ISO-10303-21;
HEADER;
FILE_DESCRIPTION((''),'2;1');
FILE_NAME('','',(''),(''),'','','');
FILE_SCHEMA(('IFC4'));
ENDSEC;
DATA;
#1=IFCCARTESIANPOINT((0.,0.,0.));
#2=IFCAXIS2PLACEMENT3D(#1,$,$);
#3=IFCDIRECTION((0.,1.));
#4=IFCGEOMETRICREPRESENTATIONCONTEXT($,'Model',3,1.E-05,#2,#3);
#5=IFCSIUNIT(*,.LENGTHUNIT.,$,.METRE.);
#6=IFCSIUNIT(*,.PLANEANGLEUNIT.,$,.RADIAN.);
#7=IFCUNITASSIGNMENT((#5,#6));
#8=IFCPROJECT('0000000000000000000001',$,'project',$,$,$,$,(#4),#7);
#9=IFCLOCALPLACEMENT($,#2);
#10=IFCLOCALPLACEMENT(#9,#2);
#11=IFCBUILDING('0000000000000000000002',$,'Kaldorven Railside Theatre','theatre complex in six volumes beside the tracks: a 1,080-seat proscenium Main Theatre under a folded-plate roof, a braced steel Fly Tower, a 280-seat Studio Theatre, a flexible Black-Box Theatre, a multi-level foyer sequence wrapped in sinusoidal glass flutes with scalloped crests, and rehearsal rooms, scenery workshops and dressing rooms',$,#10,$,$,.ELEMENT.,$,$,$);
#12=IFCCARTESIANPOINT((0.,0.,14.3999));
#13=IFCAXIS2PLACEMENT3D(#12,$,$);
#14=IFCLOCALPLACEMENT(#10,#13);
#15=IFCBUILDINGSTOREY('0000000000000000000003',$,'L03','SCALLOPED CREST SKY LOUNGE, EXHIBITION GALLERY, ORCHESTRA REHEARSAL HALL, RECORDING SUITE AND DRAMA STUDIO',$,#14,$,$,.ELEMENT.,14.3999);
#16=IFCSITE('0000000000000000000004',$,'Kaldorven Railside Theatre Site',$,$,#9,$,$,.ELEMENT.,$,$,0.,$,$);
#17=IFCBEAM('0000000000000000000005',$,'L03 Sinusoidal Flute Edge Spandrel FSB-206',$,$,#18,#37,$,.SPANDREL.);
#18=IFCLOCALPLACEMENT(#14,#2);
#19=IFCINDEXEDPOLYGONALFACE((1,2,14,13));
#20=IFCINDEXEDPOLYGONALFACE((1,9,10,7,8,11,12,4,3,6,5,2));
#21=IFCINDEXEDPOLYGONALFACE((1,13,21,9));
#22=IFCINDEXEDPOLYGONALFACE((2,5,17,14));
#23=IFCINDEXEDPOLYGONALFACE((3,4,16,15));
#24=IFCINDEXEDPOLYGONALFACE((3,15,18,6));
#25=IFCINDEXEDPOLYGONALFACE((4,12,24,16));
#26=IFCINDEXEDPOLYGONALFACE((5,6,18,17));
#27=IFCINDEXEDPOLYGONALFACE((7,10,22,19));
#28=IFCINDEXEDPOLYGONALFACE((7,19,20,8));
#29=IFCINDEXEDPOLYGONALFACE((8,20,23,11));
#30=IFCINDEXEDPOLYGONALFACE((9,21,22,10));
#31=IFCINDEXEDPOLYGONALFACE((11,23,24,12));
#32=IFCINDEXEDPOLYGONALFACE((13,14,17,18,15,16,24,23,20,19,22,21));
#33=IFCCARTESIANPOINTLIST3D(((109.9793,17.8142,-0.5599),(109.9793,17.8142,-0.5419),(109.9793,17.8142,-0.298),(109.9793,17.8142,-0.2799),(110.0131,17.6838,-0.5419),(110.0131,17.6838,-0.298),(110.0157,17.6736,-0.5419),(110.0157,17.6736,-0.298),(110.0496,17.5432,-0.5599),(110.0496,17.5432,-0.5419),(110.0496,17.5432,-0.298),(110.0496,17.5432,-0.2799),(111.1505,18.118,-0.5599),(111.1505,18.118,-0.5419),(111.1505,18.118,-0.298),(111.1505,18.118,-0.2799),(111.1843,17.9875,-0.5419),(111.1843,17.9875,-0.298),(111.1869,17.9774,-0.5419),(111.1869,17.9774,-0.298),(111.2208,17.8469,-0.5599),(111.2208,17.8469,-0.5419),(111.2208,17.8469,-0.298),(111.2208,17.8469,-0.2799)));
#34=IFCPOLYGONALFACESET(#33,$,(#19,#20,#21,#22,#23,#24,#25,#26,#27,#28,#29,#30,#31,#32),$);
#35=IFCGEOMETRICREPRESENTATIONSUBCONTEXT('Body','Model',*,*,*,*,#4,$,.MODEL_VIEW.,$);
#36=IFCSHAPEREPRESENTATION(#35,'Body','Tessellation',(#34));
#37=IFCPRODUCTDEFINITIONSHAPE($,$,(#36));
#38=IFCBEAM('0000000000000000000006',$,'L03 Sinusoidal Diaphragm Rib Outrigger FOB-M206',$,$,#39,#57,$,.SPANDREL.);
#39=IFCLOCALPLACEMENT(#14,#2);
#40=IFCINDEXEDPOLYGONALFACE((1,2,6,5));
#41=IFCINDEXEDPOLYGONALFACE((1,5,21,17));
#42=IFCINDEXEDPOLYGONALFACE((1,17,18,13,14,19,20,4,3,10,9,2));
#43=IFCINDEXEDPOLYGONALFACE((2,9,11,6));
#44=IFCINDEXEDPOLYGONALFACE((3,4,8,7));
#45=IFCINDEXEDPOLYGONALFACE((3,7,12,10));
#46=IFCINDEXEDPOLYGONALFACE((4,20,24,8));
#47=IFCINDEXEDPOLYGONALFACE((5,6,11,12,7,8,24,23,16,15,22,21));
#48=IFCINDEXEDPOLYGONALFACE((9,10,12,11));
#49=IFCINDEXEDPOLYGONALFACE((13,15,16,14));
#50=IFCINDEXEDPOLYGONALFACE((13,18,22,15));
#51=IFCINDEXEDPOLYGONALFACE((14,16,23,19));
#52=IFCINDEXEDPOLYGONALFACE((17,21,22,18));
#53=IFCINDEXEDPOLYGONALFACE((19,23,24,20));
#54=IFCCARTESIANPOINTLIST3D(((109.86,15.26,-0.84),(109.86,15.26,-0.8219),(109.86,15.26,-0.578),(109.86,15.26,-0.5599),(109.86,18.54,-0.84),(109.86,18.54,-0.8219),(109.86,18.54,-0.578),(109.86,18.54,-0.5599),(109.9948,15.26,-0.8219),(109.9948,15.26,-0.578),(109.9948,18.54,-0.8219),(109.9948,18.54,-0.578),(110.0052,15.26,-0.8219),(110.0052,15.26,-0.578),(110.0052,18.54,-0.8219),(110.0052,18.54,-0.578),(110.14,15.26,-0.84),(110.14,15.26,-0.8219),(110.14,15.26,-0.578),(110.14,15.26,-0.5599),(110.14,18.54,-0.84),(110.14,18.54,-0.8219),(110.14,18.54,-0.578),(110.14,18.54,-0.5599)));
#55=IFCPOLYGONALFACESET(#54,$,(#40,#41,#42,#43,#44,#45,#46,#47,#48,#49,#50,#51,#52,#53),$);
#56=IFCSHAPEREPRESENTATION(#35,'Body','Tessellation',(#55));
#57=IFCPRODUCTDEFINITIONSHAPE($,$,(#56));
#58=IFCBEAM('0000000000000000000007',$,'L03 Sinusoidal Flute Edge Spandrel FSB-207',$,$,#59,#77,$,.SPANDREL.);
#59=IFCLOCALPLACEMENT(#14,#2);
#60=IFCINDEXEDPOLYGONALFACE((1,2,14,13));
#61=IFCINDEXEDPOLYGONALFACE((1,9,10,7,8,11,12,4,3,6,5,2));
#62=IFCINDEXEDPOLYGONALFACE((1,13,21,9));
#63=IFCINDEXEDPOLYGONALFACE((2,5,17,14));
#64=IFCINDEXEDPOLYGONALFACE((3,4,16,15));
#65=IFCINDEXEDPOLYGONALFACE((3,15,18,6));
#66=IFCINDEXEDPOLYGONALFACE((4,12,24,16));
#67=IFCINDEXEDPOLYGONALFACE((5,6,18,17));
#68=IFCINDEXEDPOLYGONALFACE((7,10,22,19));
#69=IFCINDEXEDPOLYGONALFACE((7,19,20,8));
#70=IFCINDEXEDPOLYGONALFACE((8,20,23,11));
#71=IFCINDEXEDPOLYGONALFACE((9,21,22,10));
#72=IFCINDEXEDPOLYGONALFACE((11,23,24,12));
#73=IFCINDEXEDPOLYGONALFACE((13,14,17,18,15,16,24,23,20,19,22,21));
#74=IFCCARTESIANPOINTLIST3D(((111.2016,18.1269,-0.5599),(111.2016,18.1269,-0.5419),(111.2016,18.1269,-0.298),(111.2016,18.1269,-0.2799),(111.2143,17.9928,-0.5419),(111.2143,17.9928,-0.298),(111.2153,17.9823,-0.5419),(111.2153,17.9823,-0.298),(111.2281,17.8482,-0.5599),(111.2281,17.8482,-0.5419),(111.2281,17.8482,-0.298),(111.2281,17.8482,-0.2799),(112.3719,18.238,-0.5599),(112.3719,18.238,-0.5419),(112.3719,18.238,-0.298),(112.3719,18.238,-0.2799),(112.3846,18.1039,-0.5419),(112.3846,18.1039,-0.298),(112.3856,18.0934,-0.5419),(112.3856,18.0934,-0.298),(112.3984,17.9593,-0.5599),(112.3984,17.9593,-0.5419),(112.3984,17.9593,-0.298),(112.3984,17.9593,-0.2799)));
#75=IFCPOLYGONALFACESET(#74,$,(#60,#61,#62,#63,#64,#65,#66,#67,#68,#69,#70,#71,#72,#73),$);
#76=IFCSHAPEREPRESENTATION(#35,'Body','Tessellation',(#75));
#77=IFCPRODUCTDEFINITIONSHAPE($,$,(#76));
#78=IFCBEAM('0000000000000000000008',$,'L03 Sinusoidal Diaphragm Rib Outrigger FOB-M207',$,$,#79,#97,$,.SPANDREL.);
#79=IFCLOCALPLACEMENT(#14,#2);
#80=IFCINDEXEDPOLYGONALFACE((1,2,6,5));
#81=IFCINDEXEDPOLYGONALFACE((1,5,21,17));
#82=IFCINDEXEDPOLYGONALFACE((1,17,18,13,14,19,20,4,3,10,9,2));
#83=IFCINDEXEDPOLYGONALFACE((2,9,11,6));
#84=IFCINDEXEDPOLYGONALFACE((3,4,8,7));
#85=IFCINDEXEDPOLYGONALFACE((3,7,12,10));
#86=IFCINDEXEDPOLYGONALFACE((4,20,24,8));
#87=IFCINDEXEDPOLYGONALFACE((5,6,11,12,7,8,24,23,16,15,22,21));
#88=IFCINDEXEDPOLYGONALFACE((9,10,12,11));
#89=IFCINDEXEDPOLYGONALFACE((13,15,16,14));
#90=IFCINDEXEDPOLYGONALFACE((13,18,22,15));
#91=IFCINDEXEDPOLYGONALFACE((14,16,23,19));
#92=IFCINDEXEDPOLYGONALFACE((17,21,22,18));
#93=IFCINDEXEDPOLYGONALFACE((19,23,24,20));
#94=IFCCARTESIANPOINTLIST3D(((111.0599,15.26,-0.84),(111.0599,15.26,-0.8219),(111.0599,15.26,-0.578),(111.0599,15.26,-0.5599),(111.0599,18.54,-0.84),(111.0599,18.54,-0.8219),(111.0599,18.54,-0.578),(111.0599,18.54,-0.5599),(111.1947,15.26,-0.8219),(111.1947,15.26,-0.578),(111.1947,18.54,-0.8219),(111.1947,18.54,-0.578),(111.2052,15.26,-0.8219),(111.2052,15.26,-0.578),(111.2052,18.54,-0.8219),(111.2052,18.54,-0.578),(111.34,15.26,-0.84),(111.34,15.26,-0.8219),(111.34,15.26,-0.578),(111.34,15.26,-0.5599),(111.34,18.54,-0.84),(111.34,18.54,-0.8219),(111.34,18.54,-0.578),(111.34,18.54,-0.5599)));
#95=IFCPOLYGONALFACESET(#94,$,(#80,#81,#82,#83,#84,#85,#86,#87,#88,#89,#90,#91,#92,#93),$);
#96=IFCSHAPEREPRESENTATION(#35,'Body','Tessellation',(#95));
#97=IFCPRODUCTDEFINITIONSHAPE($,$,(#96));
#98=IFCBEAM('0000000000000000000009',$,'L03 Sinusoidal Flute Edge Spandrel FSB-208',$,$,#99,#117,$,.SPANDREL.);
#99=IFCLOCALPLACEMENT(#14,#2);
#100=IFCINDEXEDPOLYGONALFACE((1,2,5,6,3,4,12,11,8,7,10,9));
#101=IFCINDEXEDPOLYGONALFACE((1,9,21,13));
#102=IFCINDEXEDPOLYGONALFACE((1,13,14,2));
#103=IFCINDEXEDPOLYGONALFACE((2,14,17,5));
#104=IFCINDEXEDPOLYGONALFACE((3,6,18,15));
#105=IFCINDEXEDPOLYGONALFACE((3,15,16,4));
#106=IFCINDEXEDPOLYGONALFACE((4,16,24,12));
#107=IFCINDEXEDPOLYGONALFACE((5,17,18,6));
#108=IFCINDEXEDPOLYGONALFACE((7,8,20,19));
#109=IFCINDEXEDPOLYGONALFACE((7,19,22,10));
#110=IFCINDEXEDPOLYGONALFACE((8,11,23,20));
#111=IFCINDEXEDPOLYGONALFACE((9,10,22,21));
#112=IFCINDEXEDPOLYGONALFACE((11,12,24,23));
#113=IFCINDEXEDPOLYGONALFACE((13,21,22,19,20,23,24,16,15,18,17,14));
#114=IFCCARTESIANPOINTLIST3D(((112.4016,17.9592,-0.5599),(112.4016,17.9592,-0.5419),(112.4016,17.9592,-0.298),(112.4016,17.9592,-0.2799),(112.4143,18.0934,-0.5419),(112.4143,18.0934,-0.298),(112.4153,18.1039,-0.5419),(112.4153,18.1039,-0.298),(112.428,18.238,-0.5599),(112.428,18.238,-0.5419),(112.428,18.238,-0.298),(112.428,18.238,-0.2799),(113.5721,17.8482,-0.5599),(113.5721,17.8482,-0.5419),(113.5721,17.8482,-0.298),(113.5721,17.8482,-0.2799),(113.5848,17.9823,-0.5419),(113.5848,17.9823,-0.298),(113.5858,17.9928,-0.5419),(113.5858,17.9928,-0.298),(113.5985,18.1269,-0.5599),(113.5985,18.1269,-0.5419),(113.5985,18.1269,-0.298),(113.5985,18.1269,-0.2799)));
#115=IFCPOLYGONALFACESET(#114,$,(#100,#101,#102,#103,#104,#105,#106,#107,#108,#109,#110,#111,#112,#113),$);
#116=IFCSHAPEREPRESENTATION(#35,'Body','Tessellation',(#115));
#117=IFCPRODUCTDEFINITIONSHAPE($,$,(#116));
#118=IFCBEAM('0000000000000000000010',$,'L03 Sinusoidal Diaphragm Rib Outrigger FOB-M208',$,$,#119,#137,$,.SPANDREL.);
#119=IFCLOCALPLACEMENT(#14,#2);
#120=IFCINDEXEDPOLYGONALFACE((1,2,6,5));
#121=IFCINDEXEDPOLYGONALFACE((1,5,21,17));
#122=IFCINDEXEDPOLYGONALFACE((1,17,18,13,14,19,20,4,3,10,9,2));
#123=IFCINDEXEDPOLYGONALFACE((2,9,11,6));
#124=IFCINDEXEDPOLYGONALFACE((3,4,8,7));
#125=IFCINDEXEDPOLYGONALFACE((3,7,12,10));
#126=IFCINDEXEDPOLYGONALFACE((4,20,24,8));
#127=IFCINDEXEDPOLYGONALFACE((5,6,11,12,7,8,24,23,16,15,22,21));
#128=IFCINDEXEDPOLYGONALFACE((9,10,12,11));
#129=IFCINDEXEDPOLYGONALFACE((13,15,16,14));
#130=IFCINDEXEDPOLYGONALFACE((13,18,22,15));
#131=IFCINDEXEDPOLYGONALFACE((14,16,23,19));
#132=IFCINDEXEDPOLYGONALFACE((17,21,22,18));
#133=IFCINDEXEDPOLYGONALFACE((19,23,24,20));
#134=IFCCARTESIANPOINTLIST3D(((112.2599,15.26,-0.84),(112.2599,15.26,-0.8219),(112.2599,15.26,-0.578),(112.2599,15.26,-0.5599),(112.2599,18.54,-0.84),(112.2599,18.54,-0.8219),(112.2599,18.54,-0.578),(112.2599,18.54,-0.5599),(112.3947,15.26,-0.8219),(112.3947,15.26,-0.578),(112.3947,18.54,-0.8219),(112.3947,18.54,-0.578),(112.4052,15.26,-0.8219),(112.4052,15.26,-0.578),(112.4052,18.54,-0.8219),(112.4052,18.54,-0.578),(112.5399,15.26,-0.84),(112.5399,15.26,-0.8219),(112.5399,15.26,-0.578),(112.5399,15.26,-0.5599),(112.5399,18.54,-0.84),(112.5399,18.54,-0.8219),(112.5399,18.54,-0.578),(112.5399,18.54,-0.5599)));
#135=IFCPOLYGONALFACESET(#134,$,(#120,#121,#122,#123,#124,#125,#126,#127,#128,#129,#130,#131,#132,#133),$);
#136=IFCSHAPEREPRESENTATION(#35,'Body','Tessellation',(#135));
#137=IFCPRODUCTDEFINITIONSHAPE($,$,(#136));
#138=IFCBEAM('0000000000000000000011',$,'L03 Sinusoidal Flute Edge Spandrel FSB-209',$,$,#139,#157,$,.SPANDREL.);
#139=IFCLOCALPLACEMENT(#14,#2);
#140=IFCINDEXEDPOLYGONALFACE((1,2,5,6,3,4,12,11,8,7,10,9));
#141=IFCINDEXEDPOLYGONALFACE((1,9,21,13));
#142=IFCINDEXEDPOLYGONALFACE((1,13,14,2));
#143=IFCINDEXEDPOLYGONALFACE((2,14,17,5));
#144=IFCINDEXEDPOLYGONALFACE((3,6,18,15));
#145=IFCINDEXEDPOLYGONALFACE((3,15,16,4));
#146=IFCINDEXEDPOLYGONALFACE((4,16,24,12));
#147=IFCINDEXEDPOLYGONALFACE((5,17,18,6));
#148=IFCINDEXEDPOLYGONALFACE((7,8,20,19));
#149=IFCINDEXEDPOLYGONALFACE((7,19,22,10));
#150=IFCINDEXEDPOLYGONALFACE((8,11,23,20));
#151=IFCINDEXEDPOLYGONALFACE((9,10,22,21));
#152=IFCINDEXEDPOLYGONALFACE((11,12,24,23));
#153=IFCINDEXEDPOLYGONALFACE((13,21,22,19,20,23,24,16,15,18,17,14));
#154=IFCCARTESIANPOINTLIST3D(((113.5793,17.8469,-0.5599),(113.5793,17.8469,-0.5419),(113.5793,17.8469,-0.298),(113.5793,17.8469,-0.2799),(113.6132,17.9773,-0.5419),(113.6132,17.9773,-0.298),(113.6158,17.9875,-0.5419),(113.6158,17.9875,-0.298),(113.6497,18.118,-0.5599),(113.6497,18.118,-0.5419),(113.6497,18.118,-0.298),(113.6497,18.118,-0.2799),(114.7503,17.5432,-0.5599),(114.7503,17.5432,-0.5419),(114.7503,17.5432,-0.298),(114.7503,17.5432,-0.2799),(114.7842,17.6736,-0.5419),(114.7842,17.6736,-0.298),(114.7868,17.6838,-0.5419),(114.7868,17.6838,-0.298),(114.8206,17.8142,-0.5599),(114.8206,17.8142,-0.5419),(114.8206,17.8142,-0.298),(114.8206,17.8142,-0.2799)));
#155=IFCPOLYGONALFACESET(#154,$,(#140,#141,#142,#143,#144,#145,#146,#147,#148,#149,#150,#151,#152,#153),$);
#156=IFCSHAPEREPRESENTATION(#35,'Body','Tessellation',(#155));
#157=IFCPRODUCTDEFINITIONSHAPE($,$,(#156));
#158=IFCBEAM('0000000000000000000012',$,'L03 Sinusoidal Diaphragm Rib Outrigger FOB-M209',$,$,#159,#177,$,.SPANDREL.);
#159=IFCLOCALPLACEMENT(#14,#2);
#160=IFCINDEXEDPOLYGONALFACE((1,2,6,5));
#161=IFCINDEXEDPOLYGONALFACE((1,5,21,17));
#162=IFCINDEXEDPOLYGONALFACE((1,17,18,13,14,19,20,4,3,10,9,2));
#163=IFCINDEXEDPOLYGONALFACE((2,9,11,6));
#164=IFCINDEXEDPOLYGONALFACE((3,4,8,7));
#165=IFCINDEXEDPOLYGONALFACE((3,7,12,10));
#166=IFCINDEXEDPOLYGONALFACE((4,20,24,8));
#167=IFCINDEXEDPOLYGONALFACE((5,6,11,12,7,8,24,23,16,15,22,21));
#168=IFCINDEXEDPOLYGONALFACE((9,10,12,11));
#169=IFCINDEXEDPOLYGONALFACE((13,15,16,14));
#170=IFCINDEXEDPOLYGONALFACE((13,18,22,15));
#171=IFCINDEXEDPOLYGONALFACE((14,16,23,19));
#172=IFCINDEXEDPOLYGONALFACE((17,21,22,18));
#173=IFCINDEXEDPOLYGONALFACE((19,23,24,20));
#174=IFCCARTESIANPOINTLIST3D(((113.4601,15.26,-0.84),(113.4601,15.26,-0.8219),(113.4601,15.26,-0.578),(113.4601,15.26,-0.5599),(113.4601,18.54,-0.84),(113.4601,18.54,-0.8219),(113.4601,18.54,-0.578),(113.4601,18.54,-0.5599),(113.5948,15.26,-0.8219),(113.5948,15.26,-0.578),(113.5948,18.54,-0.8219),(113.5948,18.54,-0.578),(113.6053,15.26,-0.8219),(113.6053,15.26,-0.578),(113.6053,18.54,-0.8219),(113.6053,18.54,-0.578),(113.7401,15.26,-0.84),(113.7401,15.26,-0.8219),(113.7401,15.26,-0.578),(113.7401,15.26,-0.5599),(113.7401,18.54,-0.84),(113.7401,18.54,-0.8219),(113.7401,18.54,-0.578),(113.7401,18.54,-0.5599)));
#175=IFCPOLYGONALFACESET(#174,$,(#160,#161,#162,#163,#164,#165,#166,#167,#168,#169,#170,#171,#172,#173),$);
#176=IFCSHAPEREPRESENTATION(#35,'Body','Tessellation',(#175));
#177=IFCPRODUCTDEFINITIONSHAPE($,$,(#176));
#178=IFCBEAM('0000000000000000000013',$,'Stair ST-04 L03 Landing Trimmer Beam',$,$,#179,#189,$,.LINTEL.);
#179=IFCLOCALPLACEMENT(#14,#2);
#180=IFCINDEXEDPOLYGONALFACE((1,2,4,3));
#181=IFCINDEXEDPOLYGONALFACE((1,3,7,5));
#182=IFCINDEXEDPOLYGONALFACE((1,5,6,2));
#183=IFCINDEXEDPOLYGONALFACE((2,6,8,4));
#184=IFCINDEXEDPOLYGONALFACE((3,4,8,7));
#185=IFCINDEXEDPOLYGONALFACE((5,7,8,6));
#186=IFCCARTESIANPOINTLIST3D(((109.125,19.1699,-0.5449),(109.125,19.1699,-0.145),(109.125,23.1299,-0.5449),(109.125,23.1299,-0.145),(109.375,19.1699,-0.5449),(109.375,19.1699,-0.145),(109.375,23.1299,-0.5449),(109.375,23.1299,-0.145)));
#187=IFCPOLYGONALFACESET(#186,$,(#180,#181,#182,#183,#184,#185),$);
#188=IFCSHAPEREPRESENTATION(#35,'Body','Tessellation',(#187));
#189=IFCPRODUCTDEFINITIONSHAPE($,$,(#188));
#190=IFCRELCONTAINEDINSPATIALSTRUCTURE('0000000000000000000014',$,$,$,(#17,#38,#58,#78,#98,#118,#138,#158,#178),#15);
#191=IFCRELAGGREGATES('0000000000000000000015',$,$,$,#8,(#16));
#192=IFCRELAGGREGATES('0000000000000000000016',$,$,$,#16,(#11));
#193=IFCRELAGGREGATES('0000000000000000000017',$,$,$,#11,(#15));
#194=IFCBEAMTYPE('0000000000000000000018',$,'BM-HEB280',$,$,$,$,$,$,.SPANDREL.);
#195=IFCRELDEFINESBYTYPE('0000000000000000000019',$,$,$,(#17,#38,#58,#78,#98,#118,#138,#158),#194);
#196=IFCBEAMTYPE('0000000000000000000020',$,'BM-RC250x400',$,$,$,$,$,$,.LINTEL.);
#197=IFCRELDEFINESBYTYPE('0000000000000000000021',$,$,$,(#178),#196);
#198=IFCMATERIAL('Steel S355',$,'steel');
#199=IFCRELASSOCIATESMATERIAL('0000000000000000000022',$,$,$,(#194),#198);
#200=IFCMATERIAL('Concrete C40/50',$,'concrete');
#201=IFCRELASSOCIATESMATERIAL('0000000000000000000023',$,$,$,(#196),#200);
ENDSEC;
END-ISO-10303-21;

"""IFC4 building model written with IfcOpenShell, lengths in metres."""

from ifc_helpers import new_model, si_unit, direction, frame, origin, origin_2d, place, context, subcontext, project, spatial, rectangle, i_section, extrude, material, material_profile, profile_set, type_object, element, save


model = new_model("IFC4")

# Units and contexts
model_context = context("Model", 3, precision=1e-05, world=origin(), true_north=direction((0.0, 1.0)))
body_context = subcontext(model_context, "Body", "Model", "MODEL_VIEW")
ifc_project = project(units=[si_unit("LENGTHUNIT", "METRE"), si_unit("PLANEANGLEUNIT", "RADIAN")], contexts=[model_context])

# Site, building, storey
site_placement = place(None, origin())
site = spatial("IfcSite", under=ifc_project, at=site_placement, Name="Kaldorven Railside Theatre Site", CompositionType="ELEMENT", RefElevation=0.0)
building_placement = place(site_placement, origin())
building = spatial("IfcBuilding", under=site, at=building_placement, Name="Kaldorven Railside Theatre", Description="theatre complex in six volumes beside the tracks: a 1,080-seat proscenium Main Theatre under a folded-plate roof, a braced steel Fly Tower, a 280-seat Studio Theatre, a flexible Black-Box Theatre, a multi-level foyer sequence wrapped in sinusoidal glass flutes with scalloped crests, and rehearsal rooms, scenery workshops and dressing rooms", CompositionType="ELEMENT")
storey_placement = place(building_placement, frame((0.0, 0.0, 14.3999)))
storey = spatial("IfcBuildingStorey", under=building, at=storey_placement, Name="L03", Description="SCALLOPED CREST SKY LOUNGE, EXHIBITION GALLERY, ORCHESTRA REHEARSAL HALL, RECORDING SUITE AND DRAMA STUDIO", CompositionType="ELEMENT", Elevation=14.3999)

# Beams
ifc_material_1 = material(Name="Steel S355", Category="steel")
ifc_material_profile_1 = material_profile(ifc_material_1, i_section(OverallWidth=0.28, OverallDepth=0.28, WebThickness=0.0105, FlangeThickness=0.0181, at=origin_2d()), Name="HEB 280")
ifc_profile_set_1 = profile_set([ifc_material_profile_1], Name="Steel S355")
beam_type_1 = type_object("IfcBeamType", Name="BM-HEB280", PredefinedType="SPANDREL", material=ifc_profile_set_1)
beam_1_placement = place(storey_placement, frame((110.0144, 17.6787, -0.4199), z_axis=(0.967981, 0.251025, 0.0), x_axis=(-0.251025, 0.967981, 0.0)))
element("IfcBeam", 1, at=beam_1_placement, inside=storey, type_object=beam_type_1, Name="L03 Sinusoidal Flute Edge Spandrel FSB-206", PredefinedType="SPANDREL", context=body_context, shape_type="SweptSolid", body=[
    extrude(i_section(OverallWidth=0.28, OverallDepth=0.28, WebThickness=0.0105, FlangeThickness=0.0181, at=origin_2d()), origin(), (0.0, 0.0, 1.0), 1.21),
])
beam_2_placement = place(storey_placement, frame((110.0, 15.26, -0.7), z_axis=(0.0, 1.0, 0.0), x_axis=(-1.0, 0.0, 0.0)))
element("IfcBeam", 2, at=beam_2_placement, inside=storey, type_object=beam_type_1, Name="L03 Sinusoidal Diaphragm Rib Outrigger FOB-M206", PredefinedType="SPANDREL", context=body_context, shape_type="SweptSolid", body=[
    extrude(i_section(OverallWidth=0.28, OverallDepth=0.28, WebThickness=0.0105, FlangeThickness=0.0181, at=origin_2d()), origin(), (0.0, 0.0, 1.0), 3.28),
])
beam_3_placement = place(storey_placement, frame((111.2148, 17.9875, -0.4199), z_axis=(0.995524, 0.094505, 0.0), x_axis=(-0.094505, 0.995524, 0.0)))
element("IfcBeam", 3, at=beam_3_placement, inside=storey, type_object=beam_type_1, Name="L03 Sinusoidal Flute Edge Spandrel FSB-207", PredefinedType="SPANDREL", context=body_context, shape_type="SweptSolid", body=[
    extrude(i_section(OverallWidth=0.28, OverallDepth=0.28, WebThickness=0.0105, FlangeThickness=0.0181, at=origin_2d()), origin(), (0.0, 0.0, 1.0), 1.1755),
])
beam_4_placement = place(storey_placement, frame((111.2, 15.26, -0.7), z_axis=(0.0, 1.0, 0.0), x_axis=(-1.0, 0.0, 0.0)))
element("IfcBeam", 4, at=beam_4_placement, inside=storey, type_object=beam_type_1, Name="L03 Sinusoidal Diaphragm Rib Outrigger FOB-M207", PredefinedType="SPANDREL", context=body_context, shape_type="SweptSolid", body=[
    extrude(i_section(OverallWidth=0.28, OverallDepth=0.28, WebThickness=0.0105, FlangeThickness=0.0181, at=origin_2d()), origin(), (0.0, 0.0, 1.0), 3.28),
])
beam_5_placement = place(storey_placement, frame((112.4148, 18.0986, -0.4199), z_axis=(0.995526, -0.094486, 0.0), x_axis=(0.094486, 0.995526, 0.0)))
element("IfcBeam", 5, at=beam_5_placement, inside=storey, type_object=beam_type_1, Name="L03 Sinusoidal Flute Edge Spandrel FSB-208", PredefinedType="SPANDREL", context=body_context, shape_type="SweptSolid", body=[
    extrude(i_section(OverallWidth=0.28, OverallDepth=0.28, WebThickness=0.0105, FlangeThickness=0.0181, at=origin_2d()), origin(), (0.0, 0.0, 1.0), 1.1758),
])
beam_6_placement = place(storey_placement, frame((112.3999, 15.26, -0.7), z_axis=(0.0, 1.0, 0.0), x_axis=(-1.0, 0.0, 0.0)))
element("IfcBeam", 6, at=beam_6_placement, inside=storey, type_object=beam_type_1, Name="L03 Sinusoidal Diaphragm Rib Outrigger FOB-M208", PredefinedType="SPANDREL", context=body_context, shape_type="SweptSolid", body=[
    extrude(i_section(OverallWidth=0.28, OverallDepth=0.28, WebThickness=0.0105, FlangeThickness=0.0181, at=origin_2d()), origin(), (0.0, 0.0, 1.0), 3.28),
])
beam_7_placement = place(storey_placement, frame((113.6145, 17.9824, -0.4199), z_axis=(0.967968, -0.251074, 0.0), x_axis=(0.251074, 0.967968, 0.0)))
element("IfcBeam", 7, at=beam_7_placement, inside=storey, type_object=beam_type_1, Name="L03 Sinusoidal Flute Edge Spandrel FSB-209", PredefinedType="SPANDREL", context=body_context, shape_type="SweptSolid", body=[
    extrude(i_section(OverallWidth=0.28, OverallDepth=0.28, WebThickness=0.0105, FlangeThickness=0.0181, at=origin_2d()), origin(), (0.0, 0.0, 1.0), 1.2097),
])
beam_8_placement = place(storey_placement, frame((113.6001, 15.26, -0.7), z_axis=(0.0, 1.0, 0.0), x_axis=(-1.0, 0.0, 0.0)))
element("IfcBeam", 8, at=beam_8_placement, inside=storey, type_object=beam_type_1, Name="L03 Sinusoidal Diaphragm Rib Outrigger FOB-M209", PredefinedType="SPANDREL", context=body_context, shape_type="SweptSolid", body=[
    extrude(i_section(OverallWidth=0.28, OverallDepth=0.28, WebThickness=0.0105, FlangeThickness=0.0181, at=origin_2d()), origin(), (0.0, 0.0, 1.0), 3.28),
])
ifc_material_2 = material(Name="Concrete C40/50", Category="concrete")
ifc_material_profile_2 = material_profile(ifc_material_2, rectangle(XDim=0.25, YDim=0.3999, at=origin_2d()), Name="RC 250x400")
ifc_profile_set_2 = profile_set([ifc_material_profile_2], Name="Concrete C40/50")
beam_type_2 = type_object("IfcBeamType", Name="BM-RC250x400", PredefinedType="LINTEL", material=ifc_profile_set_2)
beam_9_placement = place(storey_placement, frame((109.25, 19.1699, -0.345), z_axis=(0.0, 1.0, 0.0), x_axis=(-1.0, 0.0, 0.0)))
element("IfcBeam", 9, at=beam_9_placement, inside=storey, type_object=beam_type_2, Name="Stair ST-04 L03 Landing Trimmer Beam", PredefinedType="LINTEL", context=body_context, shape_type="SweptSolid", body=[
    extrude(rectangle(XDim=0.25, YDim=0.3999, at=origin_2d()), origin(), (0.0, 0.0, 1.0), 3.96),
])

save(model, "model.ifc")
